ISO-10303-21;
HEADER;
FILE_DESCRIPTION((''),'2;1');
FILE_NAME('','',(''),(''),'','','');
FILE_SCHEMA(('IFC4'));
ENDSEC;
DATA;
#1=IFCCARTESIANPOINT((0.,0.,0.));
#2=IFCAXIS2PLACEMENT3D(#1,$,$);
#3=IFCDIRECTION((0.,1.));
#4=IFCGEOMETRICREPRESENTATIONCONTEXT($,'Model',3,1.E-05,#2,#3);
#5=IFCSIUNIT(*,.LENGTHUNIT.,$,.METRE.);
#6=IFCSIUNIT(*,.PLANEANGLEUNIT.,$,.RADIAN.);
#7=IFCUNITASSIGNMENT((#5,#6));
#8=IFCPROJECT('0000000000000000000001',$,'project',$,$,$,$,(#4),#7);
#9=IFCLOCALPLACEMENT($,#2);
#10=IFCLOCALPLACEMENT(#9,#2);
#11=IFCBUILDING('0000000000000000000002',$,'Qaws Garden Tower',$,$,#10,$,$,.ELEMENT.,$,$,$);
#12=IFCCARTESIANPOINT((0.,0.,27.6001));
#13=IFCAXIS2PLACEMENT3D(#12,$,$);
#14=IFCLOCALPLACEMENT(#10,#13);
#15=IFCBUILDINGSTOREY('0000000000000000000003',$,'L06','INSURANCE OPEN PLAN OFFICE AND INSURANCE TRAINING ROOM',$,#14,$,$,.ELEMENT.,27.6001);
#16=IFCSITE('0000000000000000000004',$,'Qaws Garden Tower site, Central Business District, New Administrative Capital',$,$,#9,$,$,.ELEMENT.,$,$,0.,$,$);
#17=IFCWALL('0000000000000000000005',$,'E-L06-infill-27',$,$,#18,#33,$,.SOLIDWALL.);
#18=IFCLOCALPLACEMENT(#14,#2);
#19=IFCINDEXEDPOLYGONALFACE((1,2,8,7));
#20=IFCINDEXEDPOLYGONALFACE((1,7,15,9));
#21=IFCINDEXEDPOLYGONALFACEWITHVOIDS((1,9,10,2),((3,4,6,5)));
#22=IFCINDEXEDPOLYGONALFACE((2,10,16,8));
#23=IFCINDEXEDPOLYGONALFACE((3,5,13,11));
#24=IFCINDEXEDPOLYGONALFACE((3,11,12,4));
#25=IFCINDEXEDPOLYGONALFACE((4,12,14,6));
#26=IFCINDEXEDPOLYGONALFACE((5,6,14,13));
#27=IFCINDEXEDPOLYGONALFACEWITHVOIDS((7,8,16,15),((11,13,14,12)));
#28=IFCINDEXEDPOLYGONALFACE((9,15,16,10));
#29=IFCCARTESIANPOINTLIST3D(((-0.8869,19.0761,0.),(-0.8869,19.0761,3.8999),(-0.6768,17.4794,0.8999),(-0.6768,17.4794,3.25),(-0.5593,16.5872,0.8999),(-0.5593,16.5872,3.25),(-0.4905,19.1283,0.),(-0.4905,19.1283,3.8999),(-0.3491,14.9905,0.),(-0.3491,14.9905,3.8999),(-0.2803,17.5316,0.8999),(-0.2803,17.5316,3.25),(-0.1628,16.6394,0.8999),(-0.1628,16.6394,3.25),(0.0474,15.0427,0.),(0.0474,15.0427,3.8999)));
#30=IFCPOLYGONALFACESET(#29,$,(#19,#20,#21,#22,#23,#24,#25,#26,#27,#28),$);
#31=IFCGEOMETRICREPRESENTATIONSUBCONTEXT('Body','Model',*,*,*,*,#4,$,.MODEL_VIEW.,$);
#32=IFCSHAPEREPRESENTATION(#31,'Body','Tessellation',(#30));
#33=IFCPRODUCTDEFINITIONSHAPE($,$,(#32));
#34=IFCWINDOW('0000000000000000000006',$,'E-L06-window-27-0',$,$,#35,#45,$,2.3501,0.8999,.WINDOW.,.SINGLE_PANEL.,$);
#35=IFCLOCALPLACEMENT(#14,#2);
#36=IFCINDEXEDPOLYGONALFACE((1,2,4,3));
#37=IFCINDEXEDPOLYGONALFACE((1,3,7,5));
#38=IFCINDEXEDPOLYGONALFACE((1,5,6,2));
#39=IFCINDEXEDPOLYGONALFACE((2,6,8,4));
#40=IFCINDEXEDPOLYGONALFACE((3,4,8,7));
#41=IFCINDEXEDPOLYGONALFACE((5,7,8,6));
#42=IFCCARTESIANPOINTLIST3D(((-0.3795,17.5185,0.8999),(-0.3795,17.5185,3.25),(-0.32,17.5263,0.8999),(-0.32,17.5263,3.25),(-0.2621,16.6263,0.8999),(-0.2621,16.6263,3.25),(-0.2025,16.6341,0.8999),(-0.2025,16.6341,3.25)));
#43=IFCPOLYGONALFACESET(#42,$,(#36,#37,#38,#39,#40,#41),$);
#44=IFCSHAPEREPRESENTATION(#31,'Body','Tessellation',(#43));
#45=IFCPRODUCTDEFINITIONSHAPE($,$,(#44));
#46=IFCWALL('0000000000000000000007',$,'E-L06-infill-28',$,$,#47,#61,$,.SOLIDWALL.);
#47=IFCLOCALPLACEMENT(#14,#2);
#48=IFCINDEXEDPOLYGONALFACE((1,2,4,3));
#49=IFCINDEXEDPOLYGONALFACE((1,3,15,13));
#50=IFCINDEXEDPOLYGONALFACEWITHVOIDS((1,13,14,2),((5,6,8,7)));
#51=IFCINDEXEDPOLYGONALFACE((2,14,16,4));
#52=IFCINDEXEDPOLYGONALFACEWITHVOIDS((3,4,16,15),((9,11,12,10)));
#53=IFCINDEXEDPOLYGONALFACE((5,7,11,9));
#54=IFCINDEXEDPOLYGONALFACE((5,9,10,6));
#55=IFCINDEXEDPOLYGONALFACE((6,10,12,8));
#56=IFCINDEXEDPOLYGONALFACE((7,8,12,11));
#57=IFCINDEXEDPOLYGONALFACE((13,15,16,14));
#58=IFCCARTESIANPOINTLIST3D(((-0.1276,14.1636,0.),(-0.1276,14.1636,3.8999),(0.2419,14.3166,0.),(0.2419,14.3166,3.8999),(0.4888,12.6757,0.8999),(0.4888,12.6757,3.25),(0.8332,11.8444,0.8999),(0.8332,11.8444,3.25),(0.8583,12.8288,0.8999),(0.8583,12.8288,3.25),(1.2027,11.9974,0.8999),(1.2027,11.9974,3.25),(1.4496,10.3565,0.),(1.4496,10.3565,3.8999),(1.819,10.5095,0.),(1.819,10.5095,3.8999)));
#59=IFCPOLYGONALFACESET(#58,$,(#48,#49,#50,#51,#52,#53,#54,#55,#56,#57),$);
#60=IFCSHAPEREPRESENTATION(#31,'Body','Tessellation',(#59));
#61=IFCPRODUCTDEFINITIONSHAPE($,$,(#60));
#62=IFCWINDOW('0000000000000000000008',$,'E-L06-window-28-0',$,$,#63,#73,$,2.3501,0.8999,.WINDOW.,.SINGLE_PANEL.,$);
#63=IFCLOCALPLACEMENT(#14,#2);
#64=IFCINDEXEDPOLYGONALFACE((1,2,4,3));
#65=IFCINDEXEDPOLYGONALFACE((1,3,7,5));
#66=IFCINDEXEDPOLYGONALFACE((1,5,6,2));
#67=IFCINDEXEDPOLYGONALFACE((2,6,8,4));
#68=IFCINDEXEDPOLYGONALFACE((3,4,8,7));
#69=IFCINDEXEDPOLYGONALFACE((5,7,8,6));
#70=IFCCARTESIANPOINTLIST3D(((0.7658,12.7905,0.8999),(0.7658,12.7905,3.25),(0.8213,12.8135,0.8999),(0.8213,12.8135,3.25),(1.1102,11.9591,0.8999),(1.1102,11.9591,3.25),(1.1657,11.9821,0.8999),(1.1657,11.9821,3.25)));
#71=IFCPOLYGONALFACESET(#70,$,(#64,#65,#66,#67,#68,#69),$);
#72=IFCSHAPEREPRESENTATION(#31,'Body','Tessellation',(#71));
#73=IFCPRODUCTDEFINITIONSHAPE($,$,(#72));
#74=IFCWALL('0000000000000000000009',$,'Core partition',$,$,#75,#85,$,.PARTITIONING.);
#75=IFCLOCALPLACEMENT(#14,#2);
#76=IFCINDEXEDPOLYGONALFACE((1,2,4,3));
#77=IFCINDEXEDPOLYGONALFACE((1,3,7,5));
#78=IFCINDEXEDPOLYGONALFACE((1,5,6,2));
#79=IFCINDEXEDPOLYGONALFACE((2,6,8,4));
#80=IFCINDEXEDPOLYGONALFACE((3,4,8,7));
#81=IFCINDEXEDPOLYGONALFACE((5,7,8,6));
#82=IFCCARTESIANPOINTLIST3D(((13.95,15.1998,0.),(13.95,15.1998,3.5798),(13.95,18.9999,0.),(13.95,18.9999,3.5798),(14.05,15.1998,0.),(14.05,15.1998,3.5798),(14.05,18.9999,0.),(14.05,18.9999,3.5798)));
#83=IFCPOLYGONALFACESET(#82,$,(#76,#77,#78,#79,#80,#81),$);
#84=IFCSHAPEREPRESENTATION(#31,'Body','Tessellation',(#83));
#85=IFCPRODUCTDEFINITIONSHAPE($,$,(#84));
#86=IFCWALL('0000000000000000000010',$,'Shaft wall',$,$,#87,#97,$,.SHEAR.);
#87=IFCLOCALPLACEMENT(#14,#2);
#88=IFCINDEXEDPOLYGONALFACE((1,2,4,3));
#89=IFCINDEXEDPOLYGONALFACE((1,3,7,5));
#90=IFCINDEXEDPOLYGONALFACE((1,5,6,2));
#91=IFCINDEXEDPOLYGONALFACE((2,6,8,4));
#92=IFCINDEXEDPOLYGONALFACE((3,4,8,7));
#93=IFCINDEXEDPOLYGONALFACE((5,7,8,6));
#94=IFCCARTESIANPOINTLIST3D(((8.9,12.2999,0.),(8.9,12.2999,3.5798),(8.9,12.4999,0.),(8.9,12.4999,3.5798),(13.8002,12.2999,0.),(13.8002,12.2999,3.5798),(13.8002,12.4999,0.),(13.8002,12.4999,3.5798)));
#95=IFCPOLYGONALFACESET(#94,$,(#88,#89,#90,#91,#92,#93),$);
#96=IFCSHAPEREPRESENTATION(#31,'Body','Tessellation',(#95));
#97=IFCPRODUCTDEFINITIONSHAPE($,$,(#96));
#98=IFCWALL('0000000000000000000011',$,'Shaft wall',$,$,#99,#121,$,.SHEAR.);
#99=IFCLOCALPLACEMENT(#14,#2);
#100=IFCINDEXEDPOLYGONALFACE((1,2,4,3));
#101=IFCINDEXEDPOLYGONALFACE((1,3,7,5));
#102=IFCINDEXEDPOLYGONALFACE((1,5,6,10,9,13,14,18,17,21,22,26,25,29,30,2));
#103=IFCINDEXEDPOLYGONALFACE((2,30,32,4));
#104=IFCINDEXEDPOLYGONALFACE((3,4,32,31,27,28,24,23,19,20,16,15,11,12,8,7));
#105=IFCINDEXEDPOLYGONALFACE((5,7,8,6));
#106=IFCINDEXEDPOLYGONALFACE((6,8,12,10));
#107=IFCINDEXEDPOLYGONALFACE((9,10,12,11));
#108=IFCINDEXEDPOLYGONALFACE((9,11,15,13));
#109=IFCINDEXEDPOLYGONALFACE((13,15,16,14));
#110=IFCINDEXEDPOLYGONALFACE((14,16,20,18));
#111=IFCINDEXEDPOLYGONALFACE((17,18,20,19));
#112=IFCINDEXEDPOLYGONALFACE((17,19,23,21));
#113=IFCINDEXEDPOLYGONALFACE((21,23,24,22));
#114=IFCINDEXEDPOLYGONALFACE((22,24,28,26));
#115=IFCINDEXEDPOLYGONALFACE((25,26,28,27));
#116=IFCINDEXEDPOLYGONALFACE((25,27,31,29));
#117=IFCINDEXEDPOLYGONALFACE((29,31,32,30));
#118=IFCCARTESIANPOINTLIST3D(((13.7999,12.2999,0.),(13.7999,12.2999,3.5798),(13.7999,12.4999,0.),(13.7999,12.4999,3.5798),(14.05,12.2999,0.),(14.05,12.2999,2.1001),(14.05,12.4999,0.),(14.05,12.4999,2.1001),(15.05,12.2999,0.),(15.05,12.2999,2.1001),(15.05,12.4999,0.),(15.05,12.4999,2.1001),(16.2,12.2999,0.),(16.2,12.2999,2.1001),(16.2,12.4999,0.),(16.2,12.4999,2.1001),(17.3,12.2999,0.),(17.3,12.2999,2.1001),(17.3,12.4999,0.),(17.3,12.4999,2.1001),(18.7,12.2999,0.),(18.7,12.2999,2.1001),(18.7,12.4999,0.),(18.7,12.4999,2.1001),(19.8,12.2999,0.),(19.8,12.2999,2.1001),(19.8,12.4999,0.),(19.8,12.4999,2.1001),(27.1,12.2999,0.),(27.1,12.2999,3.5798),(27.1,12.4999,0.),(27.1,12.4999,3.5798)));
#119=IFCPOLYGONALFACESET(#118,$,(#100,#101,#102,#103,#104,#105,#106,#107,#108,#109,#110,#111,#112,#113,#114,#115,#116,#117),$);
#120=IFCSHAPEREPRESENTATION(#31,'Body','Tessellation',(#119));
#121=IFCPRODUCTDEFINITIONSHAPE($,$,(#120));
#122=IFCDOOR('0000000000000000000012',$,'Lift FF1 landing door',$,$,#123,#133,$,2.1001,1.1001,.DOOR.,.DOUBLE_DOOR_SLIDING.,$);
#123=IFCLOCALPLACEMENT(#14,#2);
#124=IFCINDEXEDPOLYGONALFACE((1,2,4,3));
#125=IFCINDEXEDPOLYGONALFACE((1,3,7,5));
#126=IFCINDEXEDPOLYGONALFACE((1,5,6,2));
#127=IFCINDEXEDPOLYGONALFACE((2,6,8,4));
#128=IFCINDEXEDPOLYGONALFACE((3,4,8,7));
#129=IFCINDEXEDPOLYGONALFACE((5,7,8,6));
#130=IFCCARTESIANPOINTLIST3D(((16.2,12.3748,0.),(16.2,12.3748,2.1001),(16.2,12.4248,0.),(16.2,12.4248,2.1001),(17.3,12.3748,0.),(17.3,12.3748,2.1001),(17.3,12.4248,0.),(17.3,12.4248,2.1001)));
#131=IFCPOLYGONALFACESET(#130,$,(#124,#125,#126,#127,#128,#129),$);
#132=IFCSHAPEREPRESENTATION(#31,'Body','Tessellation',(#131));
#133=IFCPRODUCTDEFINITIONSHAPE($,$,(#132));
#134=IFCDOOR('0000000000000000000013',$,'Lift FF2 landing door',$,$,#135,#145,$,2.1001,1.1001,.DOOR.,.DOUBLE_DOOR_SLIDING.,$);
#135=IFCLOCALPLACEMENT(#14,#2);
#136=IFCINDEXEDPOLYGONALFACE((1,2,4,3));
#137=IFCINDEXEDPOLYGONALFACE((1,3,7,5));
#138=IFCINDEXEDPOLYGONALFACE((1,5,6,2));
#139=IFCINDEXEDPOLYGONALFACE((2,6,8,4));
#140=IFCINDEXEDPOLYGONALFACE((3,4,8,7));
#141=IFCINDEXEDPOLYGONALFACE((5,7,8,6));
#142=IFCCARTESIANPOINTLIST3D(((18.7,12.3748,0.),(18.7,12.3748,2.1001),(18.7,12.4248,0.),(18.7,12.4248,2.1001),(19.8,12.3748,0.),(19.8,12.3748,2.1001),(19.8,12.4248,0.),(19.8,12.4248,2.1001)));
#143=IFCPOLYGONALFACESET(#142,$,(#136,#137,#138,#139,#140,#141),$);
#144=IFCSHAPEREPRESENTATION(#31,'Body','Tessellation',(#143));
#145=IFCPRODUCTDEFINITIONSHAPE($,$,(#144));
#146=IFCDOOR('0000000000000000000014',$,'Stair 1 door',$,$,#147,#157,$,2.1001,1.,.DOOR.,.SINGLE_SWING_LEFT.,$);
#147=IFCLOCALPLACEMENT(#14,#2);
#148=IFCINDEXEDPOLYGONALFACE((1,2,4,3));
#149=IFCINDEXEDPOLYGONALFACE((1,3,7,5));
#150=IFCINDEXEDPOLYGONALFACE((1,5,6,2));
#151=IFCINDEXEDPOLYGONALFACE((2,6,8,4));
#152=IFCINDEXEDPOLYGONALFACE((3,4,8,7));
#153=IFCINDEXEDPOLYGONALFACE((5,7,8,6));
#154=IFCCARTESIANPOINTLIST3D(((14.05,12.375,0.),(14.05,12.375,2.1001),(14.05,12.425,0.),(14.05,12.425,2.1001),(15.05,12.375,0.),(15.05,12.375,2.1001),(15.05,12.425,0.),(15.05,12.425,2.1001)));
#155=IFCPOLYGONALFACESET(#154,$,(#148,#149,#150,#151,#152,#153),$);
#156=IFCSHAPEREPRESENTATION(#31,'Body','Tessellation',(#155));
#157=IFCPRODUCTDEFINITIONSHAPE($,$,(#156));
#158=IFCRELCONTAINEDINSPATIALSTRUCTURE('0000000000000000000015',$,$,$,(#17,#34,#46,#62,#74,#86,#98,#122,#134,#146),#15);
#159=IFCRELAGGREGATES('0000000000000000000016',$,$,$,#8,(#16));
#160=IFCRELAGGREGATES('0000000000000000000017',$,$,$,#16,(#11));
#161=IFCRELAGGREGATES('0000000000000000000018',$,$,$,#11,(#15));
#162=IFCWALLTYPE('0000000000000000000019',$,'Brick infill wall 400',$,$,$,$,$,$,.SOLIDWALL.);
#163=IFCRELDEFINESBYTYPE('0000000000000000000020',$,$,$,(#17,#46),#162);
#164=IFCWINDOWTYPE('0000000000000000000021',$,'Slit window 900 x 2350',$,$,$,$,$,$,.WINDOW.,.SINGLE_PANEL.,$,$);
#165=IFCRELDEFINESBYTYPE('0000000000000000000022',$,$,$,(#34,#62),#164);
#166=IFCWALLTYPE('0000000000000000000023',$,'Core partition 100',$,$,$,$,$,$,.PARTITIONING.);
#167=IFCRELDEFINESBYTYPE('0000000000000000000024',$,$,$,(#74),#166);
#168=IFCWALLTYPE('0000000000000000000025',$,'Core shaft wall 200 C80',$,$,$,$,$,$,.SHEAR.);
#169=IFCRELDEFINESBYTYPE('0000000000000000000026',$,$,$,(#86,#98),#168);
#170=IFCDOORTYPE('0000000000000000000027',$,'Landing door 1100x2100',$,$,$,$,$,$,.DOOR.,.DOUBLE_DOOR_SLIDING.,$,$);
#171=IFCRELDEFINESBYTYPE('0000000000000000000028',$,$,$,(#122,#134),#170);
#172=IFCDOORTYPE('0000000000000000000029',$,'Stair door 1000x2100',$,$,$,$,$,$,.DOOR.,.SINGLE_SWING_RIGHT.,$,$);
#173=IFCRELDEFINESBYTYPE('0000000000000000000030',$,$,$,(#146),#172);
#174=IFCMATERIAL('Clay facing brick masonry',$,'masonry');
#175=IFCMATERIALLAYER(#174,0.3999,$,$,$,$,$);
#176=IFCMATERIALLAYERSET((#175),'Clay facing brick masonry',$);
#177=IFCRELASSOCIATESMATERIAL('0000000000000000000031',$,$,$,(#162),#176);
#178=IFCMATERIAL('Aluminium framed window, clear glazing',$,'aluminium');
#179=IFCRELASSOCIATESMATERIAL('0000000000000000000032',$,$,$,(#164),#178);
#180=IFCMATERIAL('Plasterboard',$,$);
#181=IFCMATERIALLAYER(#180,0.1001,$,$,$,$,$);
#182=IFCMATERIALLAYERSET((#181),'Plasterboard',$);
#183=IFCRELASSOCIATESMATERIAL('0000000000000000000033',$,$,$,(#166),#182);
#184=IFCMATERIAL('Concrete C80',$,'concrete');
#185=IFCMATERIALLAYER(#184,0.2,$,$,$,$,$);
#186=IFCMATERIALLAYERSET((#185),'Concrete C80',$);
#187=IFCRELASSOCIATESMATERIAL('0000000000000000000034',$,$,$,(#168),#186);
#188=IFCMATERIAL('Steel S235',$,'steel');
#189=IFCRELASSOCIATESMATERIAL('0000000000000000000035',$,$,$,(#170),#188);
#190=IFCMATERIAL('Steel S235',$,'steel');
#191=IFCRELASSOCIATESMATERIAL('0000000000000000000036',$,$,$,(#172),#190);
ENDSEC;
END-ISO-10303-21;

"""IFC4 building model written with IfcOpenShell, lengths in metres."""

from ifc_helpers import new_model, si_unit, direction, frame, frame_2d, origin, place, context, subcontext, project, spatial, rectangle, extrude, material, layer, layer_set, type_object, element, fill, save


model = new_model("IFC4")

# Units and contexts
model_context = context("Model", 3, precision=1e-05, world=origin(), true_north=direction((0.0, 1.0)))
body_context = subcontext(model_context, "Body", "Model", "MODEL_VIEW")
ifc_project = project(units=[si_unit("LENGTHUNIT", "METRE"), si_unit("PLANEANGLEUNIT", "RADIAN")], contexts=[model_context])

# Site, building, storey
site_placement = place(None, origin())
site = spatial("IfcSite", under=ifc_project, at=site_placement, Name="Qaws Garden Tower site, Central Business District, New Administrative Capital", CompositionType="ELEMENT", RefElevation=0.0)
building_placement = place(site_placement, origin())
building = spatial("IfcBuilding", under=site, at=building_placement, Name="Qaws Garden Tower", CompositionType="ELEMENT")
storey_placement = place(building_placement, frame((0.0, 0.0, 27.6001)))
storey = spatial("IfcBuildingStorey", under=building, at=storey_placement, Name="L06", Description="INSURANCE OPEN PLAN OFFICE AND INSURANCE TRAINING ROOM", CompositionType="ELEMENT", Elevation=27.6001)

# Walls, openings, windows
ifc_material_1 = material(Name="Clay facing brick masonry", Category="masonry")
ifc_layer_1 = layer(ifc_material_1, 0.3999)
ifc_layer_set_1 = layer_set([ifc_layer_1], Name="Clay facing brick masonry")
wall_type_1 = type_object("IfcWallType", Name="Brick infill wall 400", PredefinedType="SOLIDWALL", material=ifc_layer_set_1)
wall_1_placement = place(storey_placement, frame((-0.6887, 19.1023, 0.0), z_axis=(0.0, 0.0, 1.0), x_axis=(0.130514, -0.991446, 0.0)))
wall_1 = element("IfcWall", 1, at=wall_1_placement, inside=storey, type_object=wall_type_1, Name="E-L06-infill-27", PredefinedType="SOLIDWALL", context=body_context, shape_type="SweptSolid", body=[
    extrude(rectangle(XDim=4.1208, YDim=0.3999, at=frame_2d((2.0605, 0.0))), origin(), (0.0, 0.0, 1.0), 3.8999),
])
opening_1_placement = place(wall_1_placement, frame((1.6106, 0.0, 0.8999)))
opening_1 = element("IfcOpeningElement", 2, at=opening_1_placement, cuts=wall_1, PredefinedType="OPENING", context=body_context, shape_type="SweptSolid", body=[
    extrude(rectangle(XDim=0.8999, YDim=2.3501, at=frame_2d((0.45, 1.175))), frame((0.0, 0.21, 0.0), z_axis=(0.0, -1.0, 0.0), x_axis=(1.0, 0.0, 0.0)), (0.0, 0.0, 1.0), 0.4199),
])
ifc_material_2 = material(Name="Aluminium framed window, clear glazing", Category="aluminium")
window_type = type_object("IfcWindowType", Name="Slit window 900 x 2350", PartitioningType="SINGLE_PANEL", PredefinedType="WINDOW", material=ifc_material_2)
window_1_placement = place(opening_1_placement, origin())
window_1 = element("IfcWindow", 3, at=window_1_placement, inside=storey, type_object=window_type, Name="E-L06-window-27-0", OverallHeight=2.3501, OverallWidth=0.8999, PartitioningType="SINGLE_PANEL", PredefinedType="WINDOW", context=body_context, shape_type="SweptSolid", body=[
    extrude(rectangle(XDim=0.8999, YDim=2.3501, at=frame_2d((0.45, 1.175))), frame((0.0, 0.1599, 0.0), z_axis=(0.0, -1.0, 0.0), x_axis=(1.0, 0.0, 0.0)), (0.0, 0.0, 1.0), 0.0601),
])
fill(opening_1, window_1)
wall_2_placement = place(storey_placement, frame((0.0571, 14.2402, 0.0), z_axis=(0.0, 0.0, 1.0), x_axis=(0.382722, -0.923864, 0.0)))
wall_2 = element("IfcWall", 4, at=wall_2_placement, inside=storey, type_object=wall_type_1, Name="E-L06-infill-28", PredefinedType="SOLIDWALL", context=body_context, shape_type="SweptSolid", body=[
    extrude(rectangle(XDim=4.1208, YDim=0.3999, at=frame_2d((2.0605, 0.0))), origin(), (0.0, 0.0, 1.0), 3.8999),
])
opening_2_placement = place(wall_2_placement, frame((1.6106, 0.0, 0.8999)))
opening_2 = element("IfcOpeningElement", 5, at=opening_2_placement, cuts=wall_2, PredefinedType="OPENING", context=body_context, shape_type="SweptSolid", body=[
    extrude(rectangle(XDim=0.8999, YDim=2.3501, at=frame_2d((0.45, 1.175))), frame((0.0, 0.21, 0.0), z_axis=(0.0, -1.0, 0.0), x_axis=(1.0, 0.0, 0.0)), (0.0, 0.0, 1.0), 0.4199),
])
window_2_placement = place(opening_2_placement, origin())
window_2 = element("IfcWindow", 6, at=window_2_placement, inside=storey, type_object=window_type, Name="E-L06-window-28-0", OverallHeight=2.3501, OverallWidth=0.8999, PartitioningType="SINGLE_PANEL", PredefinedType="WINDOW", context=body_context, shape_type="SweptSolid", body=[
    extrude(rectangle(XDim=0.8999, YDim=2.3501, at=frame_2d((0.45, 1.175))), frame((0.0, 0.1599, 0.0), z_axis=(0.0, -1.0, 0.0), x_axis=(1.0, 0.0, 0.0)), (0.0, 0.0, 1.0), 0.0601),
])
fill(opening_2, window_2)

# Walls
ifc_material_3 = material(Name="Plasterboard")
ifc_layer_2 = layer(ifc_material_3, 0.1001)
ifc_layer_set_2 = layer_set([ifc_layer_2], Name="Plasterboard")
wall_type_2 = type_object("IfcWallType", Name="Core partition 100", PredefinedType="PARTITIONING", material=ifc_layer_set_2)
wall_3_placement = place(storey_placement, frame((14.0, 15.2, 0.0), z_axis=(0.0, 0.0, 1.0), x_axis=(0.0, 1.0, 0.0)))
element("IfcWall", 7, at=wall_3_placement, inside=storey, type_object=wall_type_2, Name="Core partition", PredefinedType="PARTITIONING", context=body_context, shape_type="SweptSolid", body=[
    extrude(rectangle(XDim=3.8, YDim=0.1001, at=frame_2d((1.8999, 0.0))), origin(), (0.0, 0.0, 1.0), 3.5798),
])
ifc_material_4 = material(Name="Concrete C80", Category="concrete")
ifc_layer_3 = layer(ifc_material_4, 0.2)
ifc_layer_set_3 = layer_set([ifc_layer_3], Name="Concrete C80")
wall_type_3 = type_object("IfcWallType", Name="Core shaft wall 200 C80", PredefinedType="SHEAR", material=ifc_layer_set_3)
wall_4_placement = place(storey_placement, frame((8.8999, 12.3999, 0.0), z_axis=(0.0, 0.0, 1.0), x_axis=(1.0, 0.0, 0.0)))
element("IfcWall", 8, at=wall_4_placement, inside=storey, type_object=wall_type_3, Name="Shaft wall", PredefinedType="SHEAR", context=body_context, shape_type="SweptSolid", body=[
    extrude(rectangle(XDim=4.9001, YDim=0.2, at=frame_2d((2.4502, 0.0))), origin(), (0.0, 0.0, 1.0), 3.5798),
])

# Wall, openings, doors
wall_5_placement = place(storey_placement, frame((13.8, 12.3999, 0.0), z_axis=(0.0, 0.0, 1.0), x_axis=(1.0, 0.0, 0.0)))
wall_5 = element("IfcWall", 9, at=wall_5_placement, inside=storey, type_object=wall_type_3, Name="Shaft wall", PredefinedType="SHEAR", context=body_context, shape_type="SweptSolid", body=[
    extrude(rectangle(XDim=13.3, YDim=0.2, at=frame_2d((6.6499, 0.0))), origin(), (0.0, 0.0, 1.0), 3.5798),
])
opening_3_placement = place(wall_5_placement, frame((2.3999, 0.0, 0.0)))
opening_3 = element("IfcOpeningElement", 10, at=opening_3_placement, cuts=wall_5, PredefinedType="OPENING", context=body_context, shape_type="SweptSolid", body=[
    extrude(rectangle(XDim=1.1001, YDim=2.1001, at=frame_2d((0.55, 1.05))), frame((0.0, 0.1099, 0.0), z_axis=(0.0, -1.0, 0.0), x_axis=(1.0, 0.0, 0.0)), (0.0, 0.0, 1.0), 0.22),
])
opening_4_placement = place(wall_5_placement, frame((4.8999, 0.0, 0.0)))
opening_4 = element("IfcOpeningElement", 11, at=opening_4_placement, cuts=wall_5, PredefinedType="OPENING", context=body_context, shape_type="SweptSolid", body=[
    extrude(rectangle(XDim=1.1001, YDim=2.1001, at=frame_2d((0.55, 1.05))), frame((0.0, 0.1099, 0.0), z_axis=(0.0, -1.0, 0.0), x_axis=(1.0, 0.0, 0.0)), (0.0, 0.0, 1.0), 0.22),
])
opening_5_placement = place(wall_5_placement, frame((0.25, 0.0, 0.0)))
opening_5 = element("IfcOpeningElement", 12, at=opening_5_placement, cuts=wall_5, PredefinedType="OPENING", context=body_context, shape_type="SweptSolid", body=[
    extrude(rectangle(XDim=1.0, YDim=2.1001, at=frame_2d((0.5, 1.05))), frame((0.0, 0.1099, 0.0), z_axis=(0.0, -1.0, 0.0), x_axis=(1.0, 0.0, 0.0)), (0.0, 0.0, 1.0), 0.22),
])
ifc_material_5 = material(Name="Steel S235", Category="steel")
door_type_1 = type_object("IfcDoorType", Name="Landing door 1100x2100", OperationType="DOUBLE_DOOR_SLIDING", PredefinedType="DOOR", material=ifc_material_5)
door_1_placement = place(opening_3_placement, origin())
door_1 = element("IfcDoor", 13, at=door_1_placement, inside=storey, type_object=door_type_1, Name="Lift FF1 landing door", OperationType="DOUBLE_DOOR_SLIDING", OverallHeight=2.1001, OverallWidth=1.1001, PredefinedType="DOOR", context=body_context, shape_type="SweptSolid", body=[
    extrude(rectangle(XDim=1.1001, YDim=2.1001, at=frame_2d((0.55, 1.05))), frame((0.0, 0.0249, 0.0), z_axis=(0.0, -1.0, 0.0), x_axis=(1.0, 0.0, 0.0)), (0.0, 0.0, 1.0), 0.05),
])
fill(opening_3, door_1)
door_2_placement = place(opening_4_placement, origin())
door_2 = element("IfcDoor", 14, at=door_2_placement, inside=storey, type_object=door_type_1, Name="Lift FF2 landing door", OperationType="DOUBLE_DOOR_SLIDING", OverallHeight=2.1001, OverallWidth=1.1001, PredefinedType="DOOR", context=body_context, shape_type="SweptSolid", body=[
    extrude(rectangle(XDim=1.1001, YDim=2.1001, at=frame_2d((0.55, 1.05))), frame((0.0, 0.0249, 0.0), z_axis=(0.0, -1.0, 0.0), x_axis=(1.0, 0.0, 0.0)), (0.0, 0.0, 1.0), 0.05),
])
fill(opening_4, door_2)
ifc_material_6 = material(Name="Steel S235", Category="steel")
door_type_2 = type_object("IfcDoorType", Name="Stair door 1000x2100", OperationType="SINGLE_SWING_RIGHT", PredefinedType="DOOR", material=ifc_material_6)
door_3_placement = place(opening_5_placement, frame((1.0, 0.0, 0.0), z_axis=(0.0, 0.0, 1.0), x_axis=(-1.0, 0.0, 0.0)))
door_3 = element("IfcDoor", 15, at=door_3_placement, inside=storey, type_object=door_type_2, Name="Stair 1 door", OperationType="SINGLE_SWING_LEFT", OverallHeight=2.1001, OverallWidth=1.0, PredefinedType="DOOR", context=body_context, shape_type="SweptSolid", body=[
    extrude(rectangle(XDim=1.0, YDim=2.1001, at=frame_2d((0.5, 1.05))), frame((0.0, 0.0249, 0.0), z_axis=(0.0, -1.0, 0.0), x_axis=(1.0, 0.0, 0.0)), (0.0, 0.0, 1.0), 0.05),
])
fill(opening_5, door_3)

save(model, "model.ifc")
